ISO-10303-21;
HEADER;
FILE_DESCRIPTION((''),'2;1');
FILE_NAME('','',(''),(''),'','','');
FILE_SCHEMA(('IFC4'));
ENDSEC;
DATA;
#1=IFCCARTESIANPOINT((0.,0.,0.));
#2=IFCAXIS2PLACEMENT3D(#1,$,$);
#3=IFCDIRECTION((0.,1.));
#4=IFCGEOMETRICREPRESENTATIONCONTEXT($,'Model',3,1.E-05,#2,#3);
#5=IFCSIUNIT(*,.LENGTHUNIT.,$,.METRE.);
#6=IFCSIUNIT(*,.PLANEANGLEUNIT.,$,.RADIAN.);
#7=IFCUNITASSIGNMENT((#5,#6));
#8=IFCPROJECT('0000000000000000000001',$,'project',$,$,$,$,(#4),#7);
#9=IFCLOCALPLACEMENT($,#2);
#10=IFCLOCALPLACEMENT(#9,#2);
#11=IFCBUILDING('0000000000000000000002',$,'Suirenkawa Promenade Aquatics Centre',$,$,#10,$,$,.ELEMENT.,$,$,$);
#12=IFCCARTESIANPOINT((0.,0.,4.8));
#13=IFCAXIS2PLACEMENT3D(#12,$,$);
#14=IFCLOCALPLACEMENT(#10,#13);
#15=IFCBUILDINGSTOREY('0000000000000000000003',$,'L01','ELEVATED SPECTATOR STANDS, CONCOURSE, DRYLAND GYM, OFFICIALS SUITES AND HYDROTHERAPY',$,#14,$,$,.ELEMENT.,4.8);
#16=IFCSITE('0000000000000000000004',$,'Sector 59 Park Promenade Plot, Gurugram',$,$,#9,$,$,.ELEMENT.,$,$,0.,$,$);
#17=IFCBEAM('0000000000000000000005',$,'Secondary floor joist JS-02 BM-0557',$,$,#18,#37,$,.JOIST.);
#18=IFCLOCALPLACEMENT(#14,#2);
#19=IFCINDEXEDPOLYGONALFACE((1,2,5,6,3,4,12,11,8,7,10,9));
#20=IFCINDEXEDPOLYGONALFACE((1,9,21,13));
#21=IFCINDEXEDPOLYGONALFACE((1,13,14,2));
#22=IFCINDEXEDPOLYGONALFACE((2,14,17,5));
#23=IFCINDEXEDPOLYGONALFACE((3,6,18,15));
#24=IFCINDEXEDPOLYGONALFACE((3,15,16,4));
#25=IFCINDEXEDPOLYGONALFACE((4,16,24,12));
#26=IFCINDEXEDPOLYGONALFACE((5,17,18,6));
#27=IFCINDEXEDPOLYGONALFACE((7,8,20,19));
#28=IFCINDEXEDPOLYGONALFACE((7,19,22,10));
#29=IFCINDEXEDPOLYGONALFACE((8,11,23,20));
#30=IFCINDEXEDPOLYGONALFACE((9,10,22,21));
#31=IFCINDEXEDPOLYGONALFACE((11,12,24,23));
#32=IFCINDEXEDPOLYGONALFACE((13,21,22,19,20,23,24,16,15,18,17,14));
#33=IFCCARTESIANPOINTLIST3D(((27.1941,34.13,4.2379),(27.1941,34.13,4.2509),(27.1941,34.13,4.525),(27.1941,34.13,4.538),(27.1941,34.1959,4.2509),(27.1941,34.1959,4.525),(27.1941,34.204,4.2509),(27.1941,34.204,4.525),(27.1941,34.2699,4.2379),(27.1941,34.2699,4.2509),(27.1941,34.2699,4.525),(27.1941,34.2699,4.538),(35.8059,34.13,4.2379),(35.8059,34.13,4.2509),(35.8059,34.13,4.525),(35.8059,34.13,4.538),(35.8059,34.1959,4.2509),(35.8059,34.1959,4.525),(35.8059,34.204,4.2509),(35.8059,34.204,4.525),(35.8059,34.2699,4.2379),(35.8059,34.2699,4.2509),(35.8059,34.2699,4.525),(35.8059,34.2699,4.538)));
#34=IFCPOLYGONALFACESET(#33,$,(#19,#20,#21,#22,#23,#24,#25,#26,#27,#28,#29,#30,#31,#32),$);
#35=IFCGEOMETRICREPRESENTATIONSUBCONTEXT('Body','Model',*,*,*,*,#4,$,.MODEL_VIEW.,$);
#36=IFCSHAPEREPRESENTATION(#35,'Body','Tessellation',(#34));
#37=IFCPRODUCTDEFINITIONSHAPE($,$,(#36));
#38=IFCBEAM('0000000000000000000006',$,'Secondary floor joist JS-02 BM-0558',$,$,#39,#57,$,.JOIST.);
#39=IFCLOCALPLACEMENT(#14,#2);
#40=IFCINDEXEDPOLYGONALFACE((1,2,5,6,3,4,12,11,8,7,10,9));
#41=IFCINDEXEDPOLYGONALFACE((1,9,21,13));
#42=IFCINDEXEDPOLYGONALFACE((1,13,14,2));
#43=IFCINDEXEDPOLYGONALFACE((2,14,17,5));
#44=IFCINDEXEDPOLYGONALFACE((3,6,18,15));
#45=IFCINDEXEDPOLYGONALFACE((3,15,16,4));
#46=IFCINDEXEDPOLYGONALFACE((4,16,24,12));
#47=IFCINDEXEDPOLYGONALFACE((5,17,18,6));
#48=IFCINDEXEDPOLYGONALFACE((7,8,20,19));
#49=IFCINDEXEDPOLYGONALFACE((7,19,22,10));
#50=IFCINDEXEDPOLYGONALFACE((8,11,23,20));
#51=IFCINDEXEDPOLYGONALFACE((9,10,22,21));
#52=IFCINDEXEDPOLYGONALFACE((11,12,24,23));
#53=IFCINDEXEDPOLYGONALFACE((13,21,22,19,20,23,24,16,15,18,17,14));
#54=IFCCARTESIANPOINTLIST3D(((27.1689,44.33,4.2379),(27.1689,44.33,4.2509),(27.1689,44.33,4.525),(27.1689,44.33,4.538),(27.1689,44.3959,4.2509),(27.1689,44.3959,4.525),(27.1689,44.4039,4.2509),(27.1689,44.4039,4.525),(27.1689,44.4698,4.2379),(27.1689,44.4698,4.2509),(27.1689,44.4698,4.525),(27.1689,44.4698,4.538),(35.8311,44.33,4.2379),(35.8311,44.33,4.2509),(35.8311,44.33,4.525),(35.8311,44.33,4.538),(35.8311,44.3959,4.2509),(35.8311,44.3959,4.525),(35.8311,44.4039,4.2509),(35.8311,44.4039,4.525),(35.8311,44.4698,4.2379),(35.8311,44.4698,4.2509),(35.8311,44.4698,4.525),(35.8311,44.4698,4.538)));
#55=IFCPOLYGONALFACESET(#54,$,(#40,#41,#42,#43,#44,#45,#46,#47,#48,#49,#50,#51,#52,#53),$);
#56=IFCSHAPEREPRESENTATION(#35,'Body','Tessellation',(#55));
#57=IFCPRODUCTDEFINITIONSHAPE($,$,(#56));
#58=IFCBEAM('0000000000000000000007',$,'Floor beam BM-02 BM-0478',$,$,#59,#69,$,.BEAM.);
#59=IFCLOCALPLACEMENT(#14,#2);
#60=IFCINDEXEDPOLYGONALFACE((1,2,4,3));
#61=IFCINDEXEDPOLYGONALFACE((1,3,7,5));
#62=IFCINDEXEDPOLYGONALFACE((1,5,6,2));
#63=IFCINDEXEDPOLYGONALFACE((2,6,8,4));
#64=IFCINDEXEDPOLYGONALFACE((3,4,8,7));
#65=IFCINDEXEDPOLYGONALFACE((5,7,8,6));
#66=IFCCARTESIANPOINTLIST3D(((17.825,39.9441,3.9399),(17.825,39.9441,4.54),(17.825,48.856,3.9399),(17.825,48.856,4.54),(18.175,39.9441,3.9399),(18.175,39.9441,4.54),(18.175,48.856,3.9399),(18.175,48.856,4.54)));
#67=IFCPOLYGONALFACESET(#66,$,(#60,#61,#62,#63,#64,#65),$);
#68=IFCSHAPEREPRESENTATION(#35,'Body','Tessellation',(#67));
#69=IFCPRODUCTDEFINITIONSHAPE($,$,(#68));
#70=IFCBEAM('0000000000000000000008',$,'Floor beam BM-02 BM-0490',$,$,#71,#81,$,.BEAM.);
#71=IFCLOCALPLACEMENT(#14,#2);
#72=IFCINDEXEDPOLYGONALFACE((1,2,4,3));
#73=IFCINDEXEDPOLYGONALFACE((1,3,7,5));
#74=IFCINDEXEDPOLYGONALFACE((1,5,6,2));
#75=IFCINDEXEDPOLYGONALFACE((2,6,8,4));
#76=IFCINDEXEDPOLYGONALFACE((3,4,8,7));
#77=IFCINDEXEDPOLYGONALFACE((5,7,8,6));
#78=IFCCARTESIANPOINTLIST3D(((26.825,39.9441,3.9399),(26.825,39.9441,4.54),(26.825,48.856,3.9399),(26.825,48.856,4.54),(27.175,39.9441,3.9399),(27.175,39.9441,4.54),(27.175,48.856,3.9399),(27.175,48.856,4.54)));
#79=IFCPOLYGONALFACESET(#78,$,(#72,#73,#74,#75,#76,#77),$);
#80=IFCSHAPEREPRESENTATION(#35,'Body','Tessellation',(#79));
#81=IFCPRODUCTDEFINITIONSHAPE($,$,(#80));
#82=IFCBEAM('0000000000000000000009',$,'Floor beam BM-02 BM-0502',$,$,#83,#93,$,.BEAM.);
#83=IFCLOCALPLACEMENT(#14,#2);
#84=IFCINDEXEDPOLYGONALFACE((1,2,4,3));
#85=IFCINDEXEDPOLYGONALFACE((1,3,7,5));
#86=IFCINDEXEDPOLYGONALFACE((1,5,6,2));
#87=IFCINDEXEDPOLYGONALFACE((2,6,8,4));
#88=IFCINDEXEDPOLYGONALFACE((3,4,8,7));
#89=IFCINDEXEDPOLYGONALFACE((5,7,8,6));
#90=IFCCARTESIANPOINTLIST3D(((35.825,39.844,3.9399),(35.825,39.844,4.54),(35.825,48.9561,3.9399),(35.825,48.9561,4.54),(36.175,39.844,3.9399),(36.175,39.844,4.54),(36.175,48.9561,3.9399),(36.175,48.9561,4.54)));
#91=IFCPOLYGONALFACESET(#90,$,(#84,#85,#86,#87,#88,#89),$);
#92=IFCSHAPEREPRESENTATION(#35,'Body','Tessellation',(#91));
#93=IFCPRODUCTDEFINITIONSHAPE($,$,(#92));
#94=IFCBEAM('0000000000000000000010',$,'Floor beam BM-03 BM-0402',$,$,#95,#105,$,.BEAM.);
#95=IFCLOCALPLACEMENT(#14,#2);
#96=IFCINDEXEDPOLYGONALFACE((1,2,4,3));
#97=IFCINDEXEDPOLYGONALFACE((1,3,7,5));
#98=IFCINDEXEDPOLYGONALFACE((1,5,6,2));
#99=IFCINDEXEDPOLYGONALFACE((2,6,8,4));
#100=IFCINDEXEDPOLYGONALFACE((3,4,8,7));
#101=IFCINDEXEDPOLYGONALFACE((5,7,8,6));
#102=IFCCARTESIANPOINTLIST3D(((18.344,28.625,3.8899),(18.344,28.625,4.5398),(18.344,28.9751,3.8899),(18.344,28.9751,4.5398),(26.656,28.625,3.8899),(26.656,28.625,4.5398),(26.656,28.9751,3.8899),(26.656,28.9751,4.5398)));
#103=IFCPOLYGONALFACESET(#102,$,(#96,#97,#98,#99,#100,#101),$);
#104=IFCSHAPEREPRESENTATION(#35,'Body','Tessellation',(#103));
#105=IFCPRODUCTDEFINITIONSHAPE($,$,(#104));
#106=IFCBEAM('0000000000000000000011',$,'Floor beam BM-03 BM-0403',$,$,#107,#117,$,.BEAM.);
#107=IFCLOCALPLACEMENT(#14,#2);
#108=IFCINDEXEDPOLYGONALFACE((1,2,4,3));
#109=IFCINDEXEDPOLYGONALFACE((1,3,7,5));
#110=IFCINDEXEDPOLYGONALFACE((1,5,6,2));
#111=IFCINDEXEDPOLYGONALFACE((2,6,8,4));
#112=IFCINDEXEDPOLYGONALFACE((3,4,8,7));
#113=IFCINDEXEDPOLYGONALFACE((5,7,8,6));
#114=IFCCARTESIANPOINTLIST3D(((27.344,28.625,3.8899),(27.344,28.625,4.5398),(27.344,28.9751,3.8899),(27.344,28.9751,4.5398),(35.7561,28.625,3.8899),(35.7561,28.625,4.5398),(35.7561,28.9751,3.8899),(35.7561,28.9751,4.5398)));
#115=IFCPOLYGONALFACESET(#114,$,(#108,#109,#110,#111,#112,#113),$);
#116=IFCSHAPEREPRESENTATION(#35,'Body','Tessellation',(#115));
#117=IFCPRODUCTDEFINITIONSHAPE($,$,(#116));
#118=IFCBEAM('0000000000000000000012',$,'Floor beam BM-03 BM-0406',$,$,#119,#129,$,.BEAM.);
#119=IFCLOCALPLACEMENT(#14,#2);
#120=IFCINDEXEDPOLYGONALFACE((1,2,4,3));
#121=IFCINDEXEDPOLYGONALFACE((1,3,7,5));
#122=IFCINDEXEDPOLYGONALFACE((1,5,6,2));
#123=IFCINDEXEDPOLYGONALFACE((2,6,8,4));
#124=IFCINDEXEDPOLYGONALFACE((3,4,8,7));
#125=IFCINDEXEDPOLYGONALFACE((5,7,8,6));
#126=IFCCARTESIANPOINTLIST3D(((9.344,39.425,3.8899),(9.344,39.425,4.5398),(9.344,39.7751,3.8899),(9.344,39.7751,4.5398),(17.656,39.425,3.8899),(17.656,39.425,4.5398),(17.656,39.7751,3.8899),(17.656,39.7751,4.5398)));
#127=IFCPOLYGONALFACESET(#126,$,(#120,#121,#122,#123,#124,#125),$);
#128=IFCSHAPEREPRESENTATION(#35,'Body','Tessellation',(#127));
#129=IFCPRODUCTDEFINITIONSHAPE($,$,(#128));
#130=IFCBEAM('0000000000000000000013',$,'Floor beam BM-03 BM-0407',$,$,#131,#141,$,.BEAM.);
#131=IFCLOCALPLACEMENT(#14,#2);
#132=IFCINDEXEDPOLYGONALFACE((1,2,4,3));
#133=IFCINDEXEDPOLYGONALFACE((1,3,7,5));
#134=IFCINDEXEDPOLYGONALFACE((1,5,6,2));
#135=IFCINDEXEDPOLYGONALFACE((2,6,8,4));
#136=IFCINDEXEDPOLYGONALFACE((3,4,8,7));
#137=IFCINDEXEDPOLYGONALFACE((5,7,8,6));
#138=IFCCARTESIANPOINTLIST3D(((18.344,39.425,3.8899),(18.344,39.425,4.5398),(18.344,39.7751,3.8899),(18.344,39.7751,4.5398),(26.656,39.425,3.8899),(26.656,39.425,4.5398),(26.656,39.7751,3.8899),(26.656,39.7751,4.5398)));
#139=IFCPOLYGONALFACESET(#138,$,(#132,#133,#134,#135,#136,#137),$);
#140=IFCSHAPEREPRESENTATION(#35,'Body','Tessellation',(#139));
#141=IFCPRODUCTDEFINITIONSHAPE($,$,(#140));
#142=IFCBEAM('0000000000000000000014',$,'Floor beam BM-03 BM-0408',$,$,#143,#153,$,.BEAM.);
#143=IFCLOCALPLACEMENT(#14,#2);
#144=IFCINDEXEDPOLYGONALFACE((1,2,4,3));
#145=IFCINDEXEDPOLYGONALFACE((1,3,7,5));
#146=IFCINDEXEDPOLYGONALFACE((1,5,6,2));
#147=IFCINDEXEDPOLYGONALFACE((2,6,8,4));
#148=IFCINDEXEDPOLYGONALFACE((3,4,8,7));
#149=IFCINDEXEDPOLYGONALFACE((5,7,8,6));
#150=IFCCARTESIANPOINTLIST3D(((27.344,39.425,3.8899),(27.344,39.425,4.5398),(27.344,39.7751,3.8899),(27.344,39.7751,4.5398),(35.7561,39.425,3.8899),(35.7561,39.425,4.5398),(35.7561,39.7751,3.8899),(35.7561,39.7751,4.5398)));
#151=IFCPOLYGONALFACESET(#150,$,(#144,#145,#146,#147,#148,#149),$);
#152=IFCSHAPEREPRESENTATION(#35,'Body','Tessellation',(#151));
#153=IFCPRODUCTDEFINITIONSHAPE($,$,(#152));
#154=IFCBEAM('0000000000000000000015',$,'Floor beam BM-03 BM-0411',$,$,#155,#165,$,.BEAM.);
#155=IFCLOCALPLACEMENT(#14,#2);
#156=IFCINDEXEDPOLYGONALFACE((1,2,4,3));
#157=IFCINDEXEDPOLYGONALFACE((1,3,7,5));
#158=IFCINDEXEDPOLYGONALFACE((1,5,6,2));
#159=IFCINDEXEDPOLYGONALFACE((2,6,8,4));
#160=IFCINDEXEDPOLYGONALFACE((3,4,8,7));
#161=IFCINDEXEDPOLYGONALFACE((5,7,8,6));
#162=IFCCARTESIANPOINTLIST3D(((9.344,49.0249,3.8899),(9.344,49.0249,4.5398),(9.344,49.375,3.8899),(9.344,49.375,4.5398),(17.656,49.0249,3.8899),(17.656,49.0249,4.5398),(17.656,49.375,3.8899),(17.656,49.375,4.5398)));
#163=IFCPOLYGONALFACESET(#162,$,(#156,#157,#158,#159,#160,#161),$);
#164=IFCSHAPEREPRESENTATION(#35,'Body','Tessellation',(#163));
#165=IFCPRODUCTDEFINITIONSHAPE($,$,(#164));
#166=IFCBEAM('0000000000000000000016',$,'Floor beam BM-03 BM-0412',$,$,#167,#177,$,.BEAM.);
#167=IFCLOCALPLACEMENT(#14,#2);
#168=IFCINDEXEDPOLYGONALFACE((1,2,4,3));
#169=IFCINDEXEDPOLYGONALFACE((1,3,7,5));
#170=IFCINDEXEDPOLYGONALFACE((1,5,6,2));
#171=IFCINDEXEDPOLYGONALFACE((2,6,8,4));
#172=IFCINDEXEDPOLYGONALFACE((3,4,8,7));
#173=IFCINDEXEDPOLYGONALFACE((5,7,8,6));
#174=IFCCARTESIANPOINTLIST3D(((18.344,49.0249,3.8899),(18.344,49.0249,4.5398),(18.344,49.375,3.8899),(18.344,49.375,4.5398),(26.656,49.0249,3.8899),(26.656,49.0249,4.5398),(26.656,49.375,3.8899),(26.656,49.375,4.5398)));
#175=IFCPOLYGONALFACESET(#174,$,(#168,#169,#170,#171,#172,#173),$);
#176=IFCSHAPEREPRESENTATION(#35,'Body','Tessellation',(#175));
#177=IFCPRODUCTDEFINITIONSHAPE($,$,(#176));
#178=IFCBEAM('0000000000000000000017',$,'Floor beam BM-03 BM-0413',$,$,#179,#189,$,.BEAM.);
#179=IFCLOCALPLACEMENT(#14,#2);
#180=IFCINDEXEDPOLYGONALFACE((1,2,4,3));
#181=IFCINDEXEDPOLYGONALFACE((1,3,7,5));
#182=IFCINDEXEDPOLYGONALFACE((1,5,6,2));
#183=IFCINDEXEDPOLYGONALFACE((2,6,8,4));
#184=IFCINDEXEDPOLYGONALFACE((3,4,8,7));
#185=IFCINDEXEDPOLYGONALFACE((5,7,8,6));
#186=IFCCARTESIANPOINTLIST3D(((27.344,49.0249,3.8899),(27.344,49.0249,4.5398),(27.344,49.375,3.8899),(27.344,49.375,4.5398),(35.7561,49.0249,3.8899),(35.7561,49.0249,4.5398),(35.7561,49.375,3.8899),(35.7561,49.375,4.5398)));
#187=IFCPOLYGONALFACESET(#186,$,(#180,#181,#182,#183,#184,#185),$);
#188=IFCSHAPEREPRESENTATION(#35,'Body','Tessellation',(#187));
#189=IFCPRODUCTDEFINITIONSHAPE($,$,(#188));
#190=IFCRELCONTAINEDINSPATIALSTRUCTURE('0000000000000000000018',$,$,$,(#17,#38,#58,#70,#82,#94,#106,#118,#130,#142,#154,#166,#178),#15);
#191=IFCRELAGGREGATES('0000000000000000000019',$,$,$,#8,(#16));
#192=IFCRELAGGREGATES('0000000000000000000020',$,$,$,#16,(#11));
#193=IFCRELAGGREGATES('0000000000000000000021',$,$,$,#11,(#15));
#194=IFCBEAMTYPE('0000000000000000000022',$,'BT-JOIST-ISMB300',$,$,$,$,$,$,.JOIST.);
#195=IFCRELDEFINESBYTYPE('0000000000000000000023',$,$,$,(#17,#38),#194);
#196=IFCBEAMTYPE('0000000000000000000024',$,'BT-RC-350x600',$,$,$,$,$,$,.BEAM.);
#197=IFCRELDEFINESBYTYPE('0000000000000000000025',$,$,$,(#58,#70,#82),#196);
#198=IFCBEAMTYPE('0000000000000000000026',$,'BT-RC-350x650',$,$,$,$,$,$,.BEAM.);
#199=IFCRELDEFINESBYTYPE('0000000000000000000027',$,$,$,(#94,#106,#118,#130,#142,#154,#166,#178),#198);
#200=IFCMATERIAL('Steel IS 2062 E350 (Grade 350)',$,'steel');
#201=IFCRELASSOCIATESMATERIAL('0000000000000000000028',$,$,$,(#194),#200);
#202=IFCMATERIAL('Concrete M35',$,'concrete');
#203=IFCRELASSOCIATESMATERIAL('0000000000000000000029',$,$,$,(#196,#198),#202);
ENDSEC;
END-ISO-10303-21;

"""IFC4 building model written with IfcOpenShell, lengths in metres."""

from ifc_helpers import new_model, si_unit, direction, frame, origin, origin_2d, place, context, subcontext, project, spatial, rectangle, i_section, extrude, material, material_profile, profile_set, type_object, element, save


model = new_model("IFC4")

# Units and contexts
model_context = context("Model", 3, precision=1e-05, world=origin(), true_north=direction((0.0, 1.0)))
body_context = subcontext(model_context, "Body", "Model", "MODEL_VIEW")
ifc_project = project(units=[si_unit("LENGTHUNIT", "METRE"), si_unit("PLANEANGLEUNIT", "RADIAN")], contexts=[model_context])

# Site, building, storey
site_placement = place(None, origin())
site = spatial("IfcSite", under=ifc_project, at=site_placement, Name="Sector 59 Park Promenade Plot, Gurugram", CompositionType="ELEMENT", RefElevation=0.0)
building_placement = place(site_placement, origin())
building = spatial("IfcBuilding", under=site, at=building_placement, Name="Suirenkawa Promenade Aquatics Centre", CompositionType="ELEMENT")
storey_placement = place(building_placement, frame((0.0, 0.0, 4.8)))
storey = spatial("IfcBuildingStorey", under=building, at=storey_placement, Name="L01", Description="ELEVATED SPECTATOR STANDS, CONCOURSE, DRYLAND GYM, OFFICIALS SUITES AND HYDROTHERAPY", CompositionType="ELEMENT", Elevation=4.8)

# Beams
ifc_material_1 = material(Name="Steel IS 2062 E350 (Grade 350)", Category="steel")
ifc_material_profile_1 = material_profile(ifc_material_1, i_section(OverallWidth=0.1399, OverallDepth=0.3, WebThickness=0.0081, FlangeThickness=0.0129, at=origin_2d()), Name="ISMB 300", Category="steel")
ifc_profile_set_1 = profile_set([ifc_material_profile_1], Name="Steel IS 2062 E350 (Grade 350)")
beam_type_1 = type_object("IfcBeamType", Name="BT-JOIST-ISMB300", PredefinedType="JOIST", material=ifc_profile_set_1)
beam_1_placement = place(storey_placement, frame((27.1941, 34.2, 4.3879), z_axis=(1.0, 0.0, 0.0), x_axis=(0.0, 1.0, 0.0)))
element("IfcBeam", 1, at=beam_1_placement, inside=storey, type_object=beam_type_1, Name="Secondary floor joist JS-02 BM-0557", PredefinedType="JOIST", context=body_context, shape_type="SweptSolid", body=[
    extrude(i_section(OverallWidth=0.1399, OverallDepth=0.3, WebThickness=0.0081, FlangeThickness=0.0129, at=origin_2d()), origin(), (0.0, 0.0, 1.0), 8.6118),
])
beam_2_placement = place(storey_placement, frame((27.1689, 44.3999, 4.3879), z_axis=(1.0, 0.0, 0.0), x_axis=(0.0, 1.0, 0.0)))
element("IfcBeam", 2, at=beam_2_placement, inside=storey, type_object=beam_type_1, Name="Secondary floor joist JS-02 BM-0558", PredefinedType="JOIST", context=body_context, shape_type="SweptSolid", body=[
    extrude(i_section(OverallWidth=0.1399, OverallDepth=0.3, WebThickness=0.0081, FlangeThickness=0.0129, at=origin_2d()), origin(), (0.0, 0.0, 1.0), 8.6621),
])
ifc_material_2 = material(Name="Concrete M35", Category="concrete")
ifc_material_profile_2 = material_profile(ifc_material_2, rectangle(XDim=0.3501, YDim=0.6001, at=origin_2d()), Name="RC BM 350x600", Category="concrete")
ifc_profile_set_2 = profile_set([ifc_material_profile_2], Name="Concrete M35")
beam_type_2 = type_object("IfcBeamType", Name="BT-RC-350x600", PredefinedType="BEAM", material=ifc_profile_set_2)
for number, where, z_axis, x_axis, name in (
    (3, (18.0, 39.9441, 4.24), (0.0, 1.0, 0.0), (-1.0, 0.0, 0.0), "Floor beam BM-02 BM-0478"),
    (4, (27.0, 39.9441, 4.24), (0.0, 1.0, 0.0), (-1.0, 0.0, 0.0), "Floor beam BM-02 BM-0490"),
):
    element("IfcBeam", number, at=place(storey_placement, frame(where, z_axis=z_axis, x_axis=x_axis)), inside=storey, type_object=beam_type_2, Name=name, PredefinedType="BEAM", context=body_context, shape_type="SweptSolid", body=[
        extrude(rectangle(XDim=0.3501, YDim=0.6001, at=origin_2d()), origin(), (0.0, 0.0, 1.0), 8.9119),
    ])
beam_3_placement = place(storey_placement, frame((36.0, 39.844, 4.24), z_axis=(0.0, 1.0, 0.0), x_axis=(-1.0, 0.0, 0.0)))
element("IfcBeam", 5, at=beam_3_placement, inside=storey, type_object=beam_type_2, Name="Floor beam BM-02 BM-0502", PredefinedType="BEAM", context=body_context, shape_type="SweptSolid", body=[
    extrude(rectangle(XDim=0.3501, YDim=0.6001, at=origin_2d()), origin(), (0.0, 0.0, 1.0), 9.1121),
])
ifc_material_profile_3 = material_profile(ifc_material_2, rectangle(XDim=0.3501, YDim=0.6499, at=origin_2d()), Name="RC BM 350x650", Category="concrete")
ifc_profile_set_3 = profile_set([ifc_material_profile_3], Name="Concrete M35")
beam_type_3 = type_object("IfcBeamType", Name="BT-RC-350x650", PredefinedType="BEAM", material=ifc_profile_set_3)
beam_4_placement = place(storey_placement, frame((18.344, 28.8, 4.2148), z_axis=(1.0, 0.0, 0.0), x_axis=(0.0, 1.0, 0.0)))
element("IfcBeam", 6, at=beam_4_placement, inside=storey, type_object=beam_type_3, Name="Floor beam BM-03 BM-0402", PredefinedType="BEAM", context=body_context, shape_type="SweptSolid", body=[
    extrude(rectangle(XDim=0.3501, YDim=0.6499, at=origin_2d()), origin(), (0.0, 0.0, 1.0), 8.312),
])
beam_5_placement = place(storey_placement, frame((27.344, 28.8, 4.2148), z_axis=(1.0, 0.0, 0.0), x_axis=(0.0, 1.0, 0.0)))
element("IfcBeam", 7, at=beam_5_placement, inside=storey, type_object=beam_type_3, Name="Floor beam BM-03 BM-0403", PredefinedType="BEAM", context=body_context, shape_type="SweptSolid", body=[
    extrude(rectangle(XDim=0.3501, YDim=0.6499, at=origin_2d()), origin(), (0.0, 0.0, 1.0), 8.4121),
])
for number, where, z_axis, x_axis, name in (
    (8, (9.344, 39.6001, 4.2148), (1.0, 0.0, 0.0), (0.0, 1.0, 0.0), "Floor beam BM-03 BM-0406"),
    (9, (18.344, 39.6001, 4.2148), (1.0, 0.0, 0.0), (0.0, 1.0, 0.0), "Floor beam BM-03 BM-0407"),
):
    element("IfcBeam", number, at=place(storey_placement, frame(where, z_axis=z_axis, x_axis=x_axis)), inside=storey, type_object=beam_type_3, Name=name, PredefinedType="BEAM", context=body_context, shape_type="SweptSolid", body=[
        extrude(rectangle(XDim=0.3501, YDim=0.6499, at=origin_2d()), origin(), (0.0, 0.0, 1.0), 8.312),
    ])
beam_6_placement = place(storey_placement, frame((27.344, 39.6001, 4.2148), z_axis=(1.0, 0.0, 0.0), x_axis=(0.0, 1.0, 0.0)))
element("IfcBeam", 10, at=beam_6_placement, inside=storey, type_object=beam_type_3, Name="Floor beam BM-03 BM-0408", PredefinedType="BEAM", context=body_context, shape_type="SweptSolid", body=[
    extrude(rectangle(XDim=0.3501, YDim=0.6499, at=origin_2d()), origin(), (0.0, 0.0, 1.0), 8.4121),
])
for number, where, z_axis, x_axis, name in (
    (11, (9.344, 49.2, 4.2148), (1.0, 0.0, 0.0), (0.0, 1.0, 0.0), "Floor beam BM-03 BM-0411"),
    (12, (18.344, 49.2, 4.2148), (1.0, 0.0, 0.0), (0.0, 1.0, 0.0), "Floor beam BM-03 BM-0412"),
):
    element("IfcBeam", number, at=place(storey_placement, frame(where, z_axis=z_axis, x_axis=x_axis)), inside=storey, type_object=beam_type_3, Name=name, PredefinedType="BEAM", context=body_context, shape_type="SweptSolid", body=[
        extrude(rectangle(XDim=0.3501, YDim=0.6499, at=origin_2d()), origin(), (0.0, 0.0, 1.0), 8.312),
    ])
beam_7_placement = place(storey_placement, frame((27.344, 49.2, 4.2148), z_axis=(1.0, 0.0, 0.0), x_axis=(0.0, 1.0, 0.0)))
element("IfcBeam", 13, at=beam_7_placement, inside=storey, type_object=beam_type_3, Name="Floor beam BM-03 BM-0413", PredefinedType="BEAM", context=body_context, shape_type="SweptSolid", body=[
    extrude(rectangle(XDim=0.3501, YDim=0.6499, at=origin_2d()), origin(), (0.0, 0.0, 1.0), 8.4121),
])

save(model, "model.ifc")
